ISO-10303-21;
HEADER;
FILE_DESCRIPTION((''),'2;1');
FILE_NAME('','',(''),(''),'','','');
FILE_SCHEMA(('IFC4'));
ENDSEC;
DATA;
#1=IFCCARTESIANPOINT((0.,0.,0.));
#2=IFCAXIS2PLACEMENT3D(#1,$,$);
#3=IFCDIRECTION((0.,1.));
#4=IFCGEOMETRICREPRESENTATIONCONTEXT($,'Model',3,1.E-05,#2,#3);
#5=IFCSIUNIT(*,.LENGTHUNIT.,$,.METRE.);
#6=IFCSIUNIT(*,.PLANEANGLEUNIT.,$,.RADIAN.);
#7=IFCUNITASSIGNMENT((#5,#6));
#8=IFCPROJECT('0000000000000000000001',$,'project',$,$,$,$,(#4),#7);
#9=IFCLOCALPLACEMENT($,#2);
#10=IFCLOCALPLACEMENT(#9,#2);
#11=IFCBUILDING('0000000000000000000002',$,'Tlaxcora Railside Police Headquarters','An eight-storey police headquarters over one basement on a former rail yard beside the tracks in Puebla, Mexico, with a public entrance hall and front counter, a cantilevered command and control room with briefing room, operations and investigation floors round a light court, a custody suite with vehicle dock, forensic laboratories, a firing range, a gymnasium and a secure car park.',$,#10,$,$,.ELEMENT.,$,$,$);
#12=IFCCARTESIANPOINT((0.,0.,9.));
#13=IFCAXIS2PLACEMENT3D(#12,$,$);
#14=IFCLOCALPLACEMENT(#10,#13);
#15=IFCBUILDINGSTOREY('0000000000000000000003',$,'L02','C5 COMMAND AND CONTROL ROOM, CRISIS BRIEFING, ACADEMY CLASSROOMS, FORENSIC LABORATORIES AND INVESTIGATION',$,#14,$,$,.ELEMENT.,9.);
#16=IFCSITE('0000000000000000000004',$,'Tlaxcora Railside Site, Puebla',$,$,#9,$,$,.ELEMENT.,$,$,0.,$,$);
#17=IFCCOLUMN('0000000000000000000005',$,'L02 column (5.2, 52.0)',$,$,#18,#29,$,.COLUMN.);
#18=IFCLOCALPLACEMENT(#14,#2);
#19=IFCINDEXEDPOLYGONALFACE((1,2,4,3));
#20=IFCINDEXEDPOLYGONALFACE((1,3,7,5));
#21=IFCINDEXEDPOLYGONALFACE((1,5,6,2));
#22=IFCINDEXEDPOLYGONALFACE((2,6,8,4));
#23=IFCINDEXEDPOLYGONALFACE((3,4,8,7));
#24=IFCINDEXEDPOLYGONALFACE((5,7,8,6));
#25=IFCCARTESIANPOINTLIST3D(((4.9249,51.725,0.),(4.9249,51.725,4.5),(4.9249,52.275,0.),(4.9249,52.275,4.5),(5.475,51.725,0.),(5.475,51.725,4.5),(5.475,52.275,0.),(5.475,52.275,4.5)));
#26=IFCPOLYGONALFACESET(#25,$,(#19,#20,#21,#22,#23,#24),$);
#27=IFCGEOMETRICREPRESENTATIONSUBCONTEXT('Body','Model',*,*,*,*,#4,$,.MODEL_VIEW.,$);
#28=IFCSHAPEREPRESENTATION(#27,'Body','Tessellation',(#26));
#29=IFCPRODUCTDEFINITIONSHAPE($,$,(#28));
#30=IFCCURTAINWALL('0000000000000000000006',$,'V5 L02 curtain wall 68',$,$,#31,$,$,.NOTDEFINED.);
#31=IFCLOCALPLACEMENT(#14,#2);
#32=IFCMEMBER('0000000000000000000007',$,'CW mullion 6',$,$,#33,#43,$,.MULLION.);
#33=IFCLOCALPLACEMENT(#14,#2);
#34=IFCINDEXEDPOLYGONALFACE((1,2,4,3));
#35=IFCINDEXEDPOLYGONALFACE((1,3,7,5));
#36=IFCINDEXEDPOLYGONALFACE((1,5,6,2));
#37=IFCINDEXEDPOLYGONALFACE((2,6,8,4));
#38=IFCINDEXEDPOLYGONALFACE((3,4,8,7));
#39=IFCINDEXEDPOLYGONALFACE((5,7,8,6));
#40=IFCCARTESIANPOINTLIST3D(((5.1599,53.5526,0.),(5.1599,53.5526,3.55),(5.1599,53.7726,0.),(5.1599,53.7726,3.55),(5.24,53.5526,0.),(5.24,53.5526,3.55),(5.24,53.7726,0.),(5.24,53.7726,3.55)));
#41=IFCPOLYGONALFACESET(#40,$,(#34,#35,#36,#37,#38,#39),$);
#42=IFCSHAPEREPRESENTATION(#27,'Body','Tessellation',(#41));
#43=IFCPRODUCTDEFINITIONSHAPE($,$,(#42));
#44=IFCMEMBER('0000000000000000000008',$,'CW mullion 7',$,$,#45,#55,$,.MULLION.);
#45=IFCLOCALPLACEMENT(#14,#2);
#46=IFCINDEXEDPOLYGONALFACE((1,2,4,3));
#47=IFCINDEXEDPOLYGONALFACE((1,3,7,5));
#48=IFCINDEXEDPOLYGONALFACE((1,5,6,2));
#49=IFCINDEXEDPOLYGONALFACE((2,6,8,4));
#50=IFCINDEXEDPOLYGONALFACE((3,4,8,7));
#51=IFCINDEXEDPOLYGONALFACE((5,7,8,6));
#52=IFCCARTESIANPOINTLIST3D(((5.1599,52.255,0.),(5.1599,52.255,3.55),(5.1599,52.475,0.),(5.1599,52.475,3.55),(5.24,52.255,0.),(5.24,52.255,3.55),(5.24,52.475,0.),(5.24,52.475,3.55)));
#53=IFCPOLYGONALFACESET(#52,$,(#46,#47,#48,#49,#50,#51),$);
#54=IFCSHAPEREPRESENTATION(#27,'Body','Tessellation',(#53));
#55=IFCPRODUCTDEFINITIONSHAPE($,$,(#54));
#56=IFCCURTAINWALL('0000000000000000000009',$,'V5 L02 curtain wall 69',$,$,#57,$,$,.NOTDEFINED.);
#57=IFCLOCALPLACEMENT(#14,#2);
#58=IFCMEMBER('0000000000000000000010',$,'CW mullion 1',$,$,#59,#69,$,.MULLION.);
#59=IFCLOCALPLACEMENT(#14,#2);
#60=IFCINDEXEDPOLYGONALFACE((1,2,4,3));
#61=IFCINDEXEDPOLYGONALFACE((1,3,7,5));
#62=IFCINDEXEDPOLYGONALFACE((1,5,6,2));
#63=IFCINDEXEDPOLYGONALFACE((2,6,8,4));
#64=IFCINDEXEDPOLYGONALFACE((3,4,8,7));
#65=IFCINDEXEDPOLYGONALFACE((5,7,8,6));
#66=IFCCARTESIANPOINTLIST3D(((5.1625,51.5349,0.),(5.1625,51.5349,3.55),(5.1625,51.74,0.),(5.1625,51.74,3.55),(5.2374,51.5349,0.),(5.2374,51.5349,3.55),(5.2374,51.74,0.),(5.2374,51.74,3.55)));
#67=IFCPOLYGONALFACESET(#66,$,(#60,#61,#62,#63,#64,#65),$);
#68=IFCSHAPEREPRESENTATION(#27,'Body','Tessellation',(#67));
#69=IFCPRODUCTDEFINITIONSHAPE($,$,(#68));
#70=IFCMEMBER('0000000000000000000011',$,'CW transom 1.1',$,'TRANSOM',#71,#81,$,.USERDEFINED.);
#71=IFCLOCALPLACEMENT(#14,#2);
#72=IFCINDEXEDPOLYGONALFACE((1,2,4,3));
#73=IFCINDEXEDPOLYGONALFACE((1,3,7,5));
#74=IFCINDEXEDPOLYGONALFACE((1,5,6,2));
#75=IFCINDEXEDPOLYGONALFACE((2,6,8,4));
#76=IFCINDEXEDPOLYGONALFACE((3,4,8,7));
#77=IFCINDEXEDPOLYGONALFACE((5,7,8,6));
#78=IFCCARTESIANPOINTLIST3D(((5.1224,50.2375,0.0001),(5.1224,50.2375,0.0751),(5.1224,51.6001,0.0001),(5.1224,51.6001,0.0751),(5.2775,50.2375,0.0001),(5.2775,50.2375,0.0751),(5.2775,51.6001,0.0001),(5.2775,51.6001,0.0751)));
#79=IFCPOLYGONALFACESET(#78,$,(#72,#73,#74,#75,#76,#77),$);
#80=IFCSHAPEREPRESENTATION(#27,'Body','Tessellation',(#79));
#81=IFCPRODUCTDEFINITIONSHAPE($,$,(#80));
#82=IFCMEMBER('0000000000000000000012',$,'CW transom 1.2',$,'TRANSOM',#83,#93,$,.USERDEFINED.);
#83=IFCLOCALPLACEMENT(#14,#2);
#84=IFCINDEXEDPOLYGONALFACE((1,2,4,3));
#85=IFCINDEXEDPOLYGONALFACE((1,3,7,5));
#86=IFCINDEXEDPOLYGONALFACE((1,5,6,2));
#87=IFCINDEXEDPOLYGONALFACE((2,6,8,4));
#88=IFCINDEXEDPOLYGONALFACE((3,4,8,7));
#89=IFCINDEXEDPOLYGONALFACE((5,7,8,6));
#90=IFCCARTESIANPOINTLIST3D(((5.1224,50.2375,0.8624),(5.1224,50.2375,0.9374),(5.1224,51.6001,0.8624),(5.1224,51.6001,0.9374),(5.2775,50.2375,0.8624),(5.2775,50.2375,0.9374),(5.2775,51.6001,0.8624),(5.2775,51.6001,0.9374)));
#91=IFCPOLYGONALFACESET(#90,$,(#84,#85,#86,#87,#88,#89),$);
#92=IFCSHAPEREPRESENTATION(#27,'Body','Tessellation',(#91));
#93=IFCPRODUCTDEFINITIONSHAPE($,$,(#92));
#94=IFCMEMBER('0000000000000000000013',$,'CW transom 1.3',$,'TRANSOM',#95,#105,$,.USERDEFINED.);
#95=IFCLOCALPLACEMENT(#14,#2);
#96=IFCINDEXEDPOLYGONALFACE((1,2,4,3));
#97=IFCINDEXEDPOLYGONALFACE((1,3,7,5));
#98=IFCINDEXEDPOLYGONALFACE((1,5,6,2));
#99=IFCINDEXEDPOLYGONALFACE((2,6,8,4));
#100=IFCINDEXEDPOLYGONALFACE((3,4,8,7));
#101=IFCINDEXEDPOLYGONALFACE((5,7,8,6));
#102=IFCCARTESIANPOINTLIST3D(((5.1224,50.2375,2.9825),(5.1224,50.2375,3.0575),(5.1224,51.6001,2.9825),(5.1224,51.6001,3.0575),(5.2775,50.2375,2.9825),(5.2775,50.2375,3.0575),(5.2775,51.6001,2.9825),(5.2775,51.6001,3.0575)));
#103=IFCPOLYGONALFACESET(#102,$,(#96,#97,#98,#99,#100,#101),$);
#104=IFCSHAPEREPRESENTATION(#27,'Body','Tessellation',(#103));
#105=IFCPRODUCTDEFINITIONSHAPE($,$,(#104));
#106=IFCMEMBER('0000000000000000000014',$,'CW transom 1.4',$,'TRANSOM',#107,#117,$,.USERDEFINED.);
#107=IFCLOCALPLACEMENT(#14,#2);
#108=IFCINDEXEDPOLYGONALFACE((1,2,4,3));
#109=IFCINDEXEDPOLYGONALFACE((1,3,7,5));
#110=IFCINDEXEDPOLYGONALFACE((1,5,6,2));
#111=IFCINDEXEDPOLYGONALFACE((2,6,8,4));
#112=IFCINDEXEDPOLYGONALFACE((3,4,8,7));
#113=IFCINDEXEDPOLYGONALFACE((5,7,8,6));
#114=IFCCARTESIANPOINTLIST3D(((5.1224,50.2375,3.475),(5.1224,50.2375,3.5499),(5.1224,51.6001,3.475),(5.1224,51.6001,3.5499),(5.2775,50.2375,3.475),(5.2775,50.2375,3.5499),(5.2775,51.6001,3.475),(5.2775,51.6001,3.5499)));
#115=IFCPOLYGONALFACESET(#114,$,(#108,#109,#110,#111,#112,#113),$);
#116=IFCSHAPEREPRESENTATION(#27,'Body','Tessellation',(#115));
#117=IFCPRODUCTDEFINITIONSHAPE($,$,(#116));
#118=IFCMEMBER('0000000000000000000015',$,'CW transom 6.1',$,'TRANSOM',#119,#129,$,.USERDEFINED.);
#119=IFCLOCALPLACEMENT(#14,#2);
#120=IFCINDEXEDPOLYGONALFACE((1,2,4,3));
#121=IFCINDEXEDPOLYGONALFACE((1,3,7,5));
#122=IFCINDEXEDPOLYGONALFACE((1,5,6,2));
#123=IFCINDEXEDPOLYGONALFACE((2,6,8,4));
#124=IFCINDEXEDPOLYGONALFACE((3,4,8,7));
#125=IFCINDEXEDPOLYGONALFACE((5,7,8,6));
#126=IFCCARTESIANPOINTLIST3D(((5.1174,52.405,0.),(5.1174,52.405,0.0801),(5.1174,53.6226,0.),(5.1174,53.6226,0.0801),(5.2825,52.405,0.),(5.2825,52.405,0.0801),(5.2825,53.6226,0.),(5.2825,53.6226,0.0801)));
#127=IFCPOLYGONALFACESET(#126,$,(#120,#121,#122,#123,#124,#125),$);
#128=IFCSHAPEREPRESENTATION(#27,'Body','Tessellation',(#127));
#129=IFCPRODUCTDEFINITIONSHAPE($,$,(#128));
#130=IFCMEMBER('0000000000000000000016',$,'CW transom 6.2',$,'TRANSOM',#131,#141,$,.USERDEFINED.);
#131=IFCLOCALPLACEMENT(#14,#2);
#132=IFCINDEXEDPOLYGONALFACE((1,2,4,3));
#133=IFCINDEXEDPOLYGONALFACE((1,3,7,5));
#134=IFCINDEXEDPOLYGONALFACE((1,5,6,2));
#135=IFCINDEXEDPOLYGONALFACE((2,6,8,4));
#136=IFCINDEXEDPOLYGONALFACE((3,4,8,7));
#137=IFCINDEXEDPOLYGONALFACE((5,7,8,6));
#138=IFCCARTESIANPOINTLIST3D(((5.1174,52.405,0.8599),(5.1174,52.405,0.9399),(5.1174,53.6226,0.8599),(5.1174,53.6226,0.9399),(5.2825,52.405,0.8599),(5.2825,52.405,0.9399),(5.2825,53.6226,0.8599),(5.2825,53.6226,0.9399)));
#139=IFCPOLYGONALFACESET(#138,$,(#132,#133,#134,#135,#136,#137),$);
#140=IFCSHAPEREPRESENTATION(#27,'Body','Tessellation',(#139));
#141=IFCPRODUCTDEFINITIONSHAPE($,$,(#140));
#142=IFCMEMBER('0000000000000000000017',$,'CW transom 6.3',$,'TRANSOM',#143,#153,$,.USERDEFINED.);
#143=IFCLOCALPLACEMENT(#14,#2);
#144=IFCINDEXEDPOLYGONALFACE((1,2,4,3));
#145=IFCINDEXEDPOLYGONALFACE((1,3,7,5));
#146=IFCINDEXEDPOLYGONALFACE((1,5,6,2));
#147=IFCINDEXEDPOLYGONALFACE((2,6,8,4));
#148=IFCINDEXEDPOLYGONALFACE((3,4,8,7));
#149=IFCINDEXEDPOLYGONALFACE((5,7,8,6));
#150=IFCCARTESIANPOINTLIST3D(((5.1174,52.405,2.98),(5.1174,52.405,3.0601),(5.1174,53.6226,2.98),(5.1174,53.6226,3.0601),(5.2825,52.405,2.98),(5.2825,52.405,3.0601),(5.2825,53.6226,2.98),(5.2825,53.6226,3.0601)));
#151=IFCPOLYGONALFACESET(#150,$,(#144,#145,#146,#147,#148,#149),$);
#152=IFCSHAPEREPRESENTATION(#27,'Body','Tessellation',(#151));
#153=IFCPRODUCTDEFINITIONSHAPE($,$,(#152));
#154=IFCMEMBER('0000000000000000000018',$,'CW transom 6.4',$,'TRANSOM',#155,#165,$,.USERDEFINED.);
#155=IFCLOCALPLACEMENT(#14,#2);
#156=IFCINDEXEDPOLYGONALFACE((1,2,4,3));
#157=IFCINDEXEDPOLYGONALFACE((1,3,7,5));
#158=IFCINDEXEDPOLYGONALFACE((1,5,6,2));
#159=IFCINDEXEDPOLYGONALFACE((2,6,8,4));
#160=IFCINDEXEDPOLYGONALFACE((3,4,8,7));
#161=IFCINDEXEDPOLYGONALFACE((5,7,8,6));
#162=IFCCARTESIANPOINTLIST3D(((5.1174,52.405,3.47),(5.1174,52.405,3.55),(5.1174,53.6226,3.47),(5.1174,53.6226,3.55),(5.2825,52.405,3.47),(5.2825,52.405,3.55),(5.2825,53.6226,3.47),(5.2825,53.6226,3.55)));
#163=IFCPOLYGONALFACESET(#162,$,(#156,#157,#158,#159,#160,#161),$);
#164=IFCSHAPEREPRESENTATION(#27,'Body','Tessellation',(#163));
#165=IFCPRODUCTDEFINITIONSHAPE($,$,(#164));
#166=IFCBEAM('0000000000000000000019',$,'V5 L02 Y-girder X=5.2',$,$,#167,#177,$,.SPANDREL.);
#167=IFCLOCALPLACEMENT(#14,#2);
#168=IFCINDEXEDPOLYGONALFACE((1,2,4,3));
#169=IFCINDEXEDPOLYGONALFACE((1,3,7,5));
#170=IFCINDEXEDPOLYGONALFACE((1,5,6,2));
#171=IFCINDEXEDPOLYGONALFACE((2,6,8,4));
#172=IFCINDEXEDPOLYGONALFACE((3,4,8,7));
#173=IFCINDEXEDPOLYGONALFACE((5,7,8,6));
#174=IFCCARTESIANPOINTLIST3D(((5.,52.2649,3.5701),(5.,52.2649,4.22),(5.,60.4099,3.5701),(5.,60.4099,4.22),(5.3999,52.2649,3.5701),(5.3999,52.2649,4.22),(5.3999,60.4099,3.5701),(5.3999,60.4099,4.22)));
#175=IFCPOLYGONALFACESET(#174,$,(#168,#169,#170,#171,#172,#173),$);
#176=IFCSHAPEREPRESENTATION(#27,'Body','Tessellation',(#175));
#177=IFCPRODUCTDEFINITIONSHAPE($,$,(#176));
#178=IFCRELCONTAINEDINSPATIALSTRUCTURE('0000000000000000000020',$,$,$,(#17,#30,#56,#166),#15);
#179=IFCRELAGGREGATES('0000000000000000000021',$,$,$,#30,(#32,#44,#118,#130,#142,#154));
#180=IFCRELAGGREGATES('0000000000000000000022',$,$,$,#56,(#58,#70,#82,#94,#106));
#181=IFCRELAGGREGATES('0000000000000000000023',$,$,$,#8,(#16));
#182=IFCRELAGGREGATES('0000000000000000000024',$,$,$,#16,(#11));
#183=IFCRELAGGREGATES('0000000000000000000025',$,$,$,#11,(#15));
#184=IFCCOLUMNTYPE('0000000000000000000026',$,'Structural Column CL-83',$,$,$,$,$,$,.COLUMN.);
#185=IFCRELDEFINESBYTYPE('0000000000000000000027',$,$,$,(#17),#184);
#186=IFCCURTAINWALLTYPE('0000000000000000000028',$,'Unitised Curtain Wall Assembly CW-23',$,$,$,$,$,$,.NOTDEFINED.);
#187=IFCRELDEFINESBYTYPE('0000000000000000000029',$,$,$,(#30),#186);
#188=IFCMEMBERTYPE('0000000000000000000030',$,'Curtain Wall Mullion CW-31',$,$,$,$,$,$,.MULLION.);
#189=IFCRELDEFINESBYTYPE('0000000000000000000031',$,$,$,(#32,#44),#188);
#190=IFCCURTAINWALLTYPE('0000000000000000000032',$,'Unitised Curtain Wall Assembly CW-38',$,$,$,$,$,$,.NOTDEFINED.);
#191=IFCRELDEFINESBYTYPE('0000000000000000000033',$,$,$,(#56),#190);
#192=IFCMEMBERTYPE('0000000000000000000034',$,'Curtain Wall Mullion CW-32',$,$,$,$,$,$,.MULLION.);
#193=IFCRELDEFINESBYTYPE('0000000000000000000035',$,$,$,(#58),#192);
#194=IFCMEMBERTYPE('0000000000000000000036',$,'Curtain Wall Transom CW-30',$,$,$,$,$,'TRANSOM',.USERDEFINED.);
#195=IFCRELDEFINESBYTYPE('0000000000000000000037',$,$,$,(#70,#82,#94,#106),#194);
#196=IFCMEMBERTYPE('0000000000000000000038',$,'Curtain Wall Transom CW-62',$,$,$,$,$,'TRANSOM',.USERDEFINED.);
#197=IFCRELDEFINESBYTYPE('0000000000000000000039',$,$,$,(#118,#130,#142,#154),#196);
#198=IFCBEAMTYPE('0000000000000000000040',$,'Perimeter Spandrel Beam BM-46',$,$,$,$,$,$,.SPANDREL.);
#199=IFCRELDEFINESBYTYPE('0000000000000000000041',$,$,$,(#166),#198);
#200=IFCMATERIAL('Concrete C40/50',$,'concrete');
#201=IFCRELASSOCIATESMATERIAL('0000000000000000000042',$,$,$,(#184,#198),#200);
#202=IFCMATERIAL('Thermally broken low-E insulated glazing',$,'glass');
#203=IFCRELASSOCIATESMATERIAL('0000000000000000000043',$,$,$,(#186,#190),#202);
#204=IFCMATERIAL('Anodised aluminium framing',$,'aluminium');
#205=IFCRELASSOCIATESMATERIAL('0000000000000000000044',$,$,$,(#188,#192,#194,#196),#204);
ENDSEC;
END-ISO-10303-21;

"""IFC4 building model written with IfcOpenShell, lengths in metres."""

from ifc_helpers import new_model, si_unit, direction, frame, origin, origin_2d, place, context, subcontext, project, spatial, rectangle, extrude, material, material_profile, profile_set, type_object, element, aggregate, save


model = new_model("IFC4")

# Units and contexts
model_context = context("Model", 3, precision=1e-05, world=origin(), true_north=direction((0.0, 1.0)))
body_context = subcontext(model_context, "Body", "Model", "MODEL_VIEW")
ifc_project = project(units=[si_unit("LENGTHUNIT", "METRE"), si_unit("PLANEANGLEUNIT", "RADIAN")], contexts=[model_context])

# Site, building, storey
site_placement = place(None, origin())
site = spatial("IfcSite", under=ifc_project, at=site_placement, Name="Tlaxcora Railside Site, Puebla", CompositionType="ELEMENT", RefElevation=0.0)
building_placement = place(site_placement, origin())
building = spatial("IfcBuilding", under=site, at=building_placement, Name="Tlaxcora Railside Police Headquarters", Description="An eight-storey police headquarters over one basement on a former rail yard beside the tracks in Puebla, Mexico, with a public entrance hall and front counter, a cantilevered command and control room with briefing room, operations and investigation floors round a light court, a custody suite with vehicle dock, forensic laboratories, a firing range, a gymnasium and a secure car park.", CompositionType="ELEMENT")
storey_placement = place(building_placement, frame((0.0, 0.0, 9.0)))
storey = spatial("IfcBuildingStorey", under=building, at=storey_placement, Name="L02", Description="C5 COMMAND AND CONTROL ROOM, CRISIS BRIEFING, ACADEMY CLASSROOMS, FORENSIC LABORATORIES AND INVESTIGATION", CompositionType="ELEMENT", Elevation=9.0)

# Column
ifc_material_1 = material(Name="Concrete C40/50", Category="concrete")
ifc_material_profile_1 = material_profile(ifc_material_1, rectangle(XDim=0.55, YDim=0.55, at=origin_2d()), Name="RC550X550")
ifc_profile_set_1 = profile_set([ifc_material_profile_1], Name="Concrete C40/50")
column_type = type_object("IfcColumnType", Name="Structural Column CL-83", PredefinedType="COLUMN", material=ifc_profile_set_1)
column_placement = place(storey_placement, frame((5.2, 52.0, 0.0), z_axis=(0.0, 0.0, 1.0), x_axis=(1.0, 0.0, 0.0)))
element("IfcColumn", 1, at=column_placement, inside=storey, type_object=column_type, Name="L02 column (5.2, 52.0)", PredefinedType="COLUMN", context=body_context, shape_type="SweptSolid", body=[
    extrude(rectangle(XDim=0.55, YDim=0.55, at=origin_2d()), origin(), (0.0, 0.0, 1.0), 4.5),
])

# Curtain walls, members
ifc_material_2 = material(Name="Thermally broken low-E insulated glazing", Category="glass")
curtain_wall_type_1 = type_object("IfcCurtainWallType", Name="Unitised Curtain Wall Assembly CW-23", PredefinedType="NOTDEFINED", material=ifc_material_2)
curtain_wall_1_placement = place(storey_placement, origin())
curtain_wall_1 = element("IfcCurtainWall", 2, at=curtain_wall_1_placement, inside=storey, type_object=curtain_wall_type_1, Name="V5 L02 curtain wall 68", PredefinedType="NOTDEFINED")
ifc_material_3 = material(Name="Anodised aluminium framing", Category="aluminium")
ifc_material_profile_2 = material_profile(ifc_material_3, rectangle(XDim=0.0801, YDim=0.22, at=origin_2d()), Name="AL80X220")
ifc_profile_set_2 = profile_set([ifc_material_profile_2], Name="Anodised aluminium framing")
member_type_1 = type_object("IfcMemberType", Name="Curtain Wall Mullion CW-31", PredefinedType="MULLION", material=ifc_profile_set_2)
member_1_placement = place(storey_placement, frame((5.2, 53.6626, 0.0), z_axis=(0.0, 0.0, 1.0), x_axis=(1.0, 0.0, 0.0)))
member_1 = element("IfcMember", 3, at=member_1_placement, type_object=member_type_1, Name="CW mullion 6", PredefinedType="MULLION", context=body_context, shape_type="SweptSolid", body=[
    extrude(rectangle(XDim=0.0801, YDim=0.22, at=origin_2d()), origin(), (0.0, 0.0, 1.0), 3.55),
])
member_2_placement = place(storey_placement, frame((5.2, 52.365, 0.0), z_axis=(0.0, 0.0, 1.0), x_axis=(1.0, 0.0, 0.0)))
member_2 = element("IfcMember", 4, at=member_2_placement, type_object=member_type_1, Name="CW mullion 7", PredefinedType="MULLION", context=body_context, shape_type="SweptSolid", body=[
    extrude(rectangle(XDim=0.0801, YDim=0.22, at=origin_2d()), origin(), (0.0, 0.0, 1.0), 3.55),
])
curtain_wall_type_2 = type_object("IfcCurtainWallType", Name="Unitised Curtain Wall Assembly CW-38", PredefinedType="NOTDEFINED", material=ifc_material_2)
curtain_wall_2_placement = place(storey_placement, origin())
curtain_wall_2 = element("IfcCurtainWall", 5, at=curtain_wall_2_placement, inside=storey, type_object=curtain_wall_type_2, Name="V5 L02 curtain wall 69", PredefinedType="NOTDEFINED")
ifc_material_profile_3 = material_profile(ifc_material_3, rectangle(XDim=0.075, YDim=0.2051, at=origin_2d()), Name="AL75X205")
ifc_profile_set_3 = profile_set([ifc_material_profile_3], Name="Anodised aluminium framing")
member_type_2 = type_object("IfcMemberType", Name="Curtain Wall Mullion CW-32", PredefinedType="MULLION", material=ifc_profile_set_3)
member_3_placement = place(storey_placement, frame((5.2, 51.6375, 0.0), z_axis=(0.0, 0.0, 1.0), x_axis=(1.0, 0.0, 0.0)))
member_3 = element("IfcMember", 6, at=member_3_placement, type_object=member_type_2, Name="CW mullion 1", PredefinedType="MULLION", context=body_context, shape_type="SweptSolid", body=[
    extrude(rectangle(XDim=0.075, YDim=0.2051, at=origin_2d()), origin(), (0.0, 0.0, 1.0), 3.55),
])
ifc_material_profile_4 = material_profile(ifc_material_3, rectangle(XDim=0.155, YDim=0.075, at=origin_2d()), Name="AL75X155")
ifc_profile_set_4 = profile_set([ifc_material_profile_4], Name="Anodised aluminium framing")
member_type_3 = type_object("IfcMemberType", Name="Curtain Wall Transom CW-30", ElementType="TRANSOM", PredefinedType="USERDEFINED", material=ifc_profile_set_4)
member_4_placement = place(storey_placement, frame((5.2, 51.6001, 0.0376), z_axis=(0.0, -1.0, 0.0), x_axis=(1.0, 0.0, 0.0)))
member_4 = element("IfcMember", 7, at=member_4_placement, type_object=member_type_3, Name="CW transom 1.1", ObjectType="TRANSOM", PredefinedType="USERDEFINED", context=body_context, shape_type="SweptSolid", body=[
    extrude(rectangle(XDim=0.155, YDim=0.075, at=origin_2d()), origin(), (0.0, 0.0, 1.0), 1.3625),
])
member_5_placement = place(storey_placement, frame((5.2, 51.6001, 0.8999), z_axis=(0.0, -1.0, 0.0), x_axis=(1.0, 0.0, 0.0)))
member_5 = element("IfcMember", 8, at=member_5_placement, type_object=member_type_3, Name="CW transom 1.2", ObjectType="TRANSOM", PredefinedType="USERDEFINED", context=body_context, shape_type="SweptSolid", body=[
    extrude(rectangle(XDim=0.155, YDim=0.075, at=origin_2d()), origin(), (0.0, 0.0, 1.0), 1.3625),
])
member_6_placement = place(storey_placement, frame((5.2, 51.6001, 3.02), z_axis=(0.0, -1.0, 0.0), x_axis=(1.0, 0.0, 0.0)))
member_6 = element("IfcMember", 9, at=member_6_placement, type_object=member_type_3, Name="CW transom 1.3", ObjectType="TRANSOM", PredefinedType="USERDEFINED", context=body_context, shape_type="SweptSolid", body=[
    extrude(rectangle(XDim=0.155, YDim=0.075, at=origin_2d()), origin(), (0.0, 0.0, 1.0), 1.3625),
])
member_7_placement = place(storey_placement, frame((5.2, 51.6001, 3.5125), z_axis=(0.0, -1.0, 0.0), x_axis=(1.0, 0.0, 0.0)))
member_7 = element("IfcMember", 10, at=member_7_placement, type_object=member_type_3, Name="CW transom 1.4", ObjectType="TRANSOM", PredefinedType="USERDEFINED", context=body_context, shape_type="SweptSolid", body=[
    extrude(rectangle(XDim=0.155, YDim=0.075, at=origin_2d()), origin(), (0.0, 0.0, 1.0), 1.3625),
])

# Members
ifc_material_profile_5 = material_profile(ifc_material_3, rectangle(XDim=0.165, YDim=0.0801, at=origin_2d()), Name="AL80X165")
ifc_profile_set_5 = profile_set([ifc_material_profile_5], Name="Anodised aluminium framing")
member_type_4 = type_object("IfcMemberType", Name="Curtain Wall Transom CW-62", ElementType="TRANSOM", PredefinedType="USERDEFINED", material=ifc_profile_set_5)
member_8_placement = place(storey_placement, frame((5.2, 53.6226, 0.04), z_axis=(0.0, -1.0, 0.0), x_axis=(1.0, 0.0, 0.0)))
member_8 = element("IfcMember", 11, at=member_8_placement, type_object=member_type_4, Name="CW transom 6.1", ObjectType="TRANSOM", PredefinedType="USERDEFINED", context=body_context, shape_type="SweptSolid", body=[
    extrude(rectangle(XDim=0.165, YDim=0.0801, at=origin_2d()), origin(), (0.0, 0.0, 1.0), 1.2175),
])
member_9_placement = place(storey_placement, frame((5.2, 53.6226, 0.8999), z_axis=(0.0, -1.0, 0.0), x_axis=(1.0, 0.0, 0.0)))
member_9 = element("IfcMember", 12, at=member_9_placement, type_object=member_type_4, Name="CW transom 6.2", ObjectType="TRANSOM", PredefinedType="USERDEFINED", context=body_context, shape_type="SweptSolid", body=[
    extrude(rectangle(XDim=0.165, YDim=0.0801, at=origin_2d()), origin(), (0.0, 0.0, 1.0), 1.2175),
])
member_10_placement = place(storey_placement, frame((5.2, 53.6226, 3.02), z_axis=(0.0, -1.0, 0.0), x_axis=(1.0, 0.0, 0.0)))
member_10 = element("IfcMember", 13, at=member_10_placement, type_object=member_type_4, Name="CW transom 6.3", ObjectType="TRANSOM", PredefinedType="USERDEFINED", context=body_context, shape_type="SweptSolid", body=[
    extrude(rectangle(XDim=0.165, YDim=0.0801, at=origin_2d()), origin(), (0.0, 0.0, 1.0), 1.2175),
])
member_11_placement = place(storey_placement, frame((5.2, 53.6226, 3.51), z_axis=(0.0, -1.0, 0.0), x_axis=(1.0, 0.0, 0.0)))
member_11 = element("IfcMember", 14, at=member_11_placement, type_object=member_type_4, Name="CW transom 6.4", ObjectType="TRANSOM", PredefinedType="USERDEFINED", context=body_context, shape_type="SweptSolid", body=[
    extrude(rectangle(XDim=0.165, YDim=0.0801, at=origin_2d()), origin(), (0.0, 0.0, 1.0), 1.2175),
])

# Beam
ifc_material_profile_6 = material_profile(ifc_material_1, rectangle(XDim=0.3999, YDim=0.6499, at=origin_2d()), Name="RC400X650")
ifc_profile_set_6 = profile_set([ifc_material_profile_6], Name="Concrete C40/50")
beam_type = type_object("IfcBeamType", Name="Perimeter Spandrel Beam BM-46", PredefinedType="SPANDREL", material=ifc_profile_set_6)
beam_placement = place(storey_placement, frame((5.2, 52.2649, 3.895), z_axis=(0.0, 1.0, 0.0), x_axis=(-1.0, 0.0, 0.0)))
element("IfcBeam", 15, at=beam_placement, inside=storey, type_object=beam_type, Name="V5 L02 Y-girder X=5.2", PredefinedType="SPANDREL", context=body_context, shape_type="SweptSolid", body=[
    extrude(rectangle(XDim=0.3999, YDim=0.6499, at=origin_2d()), origin(), (0.0, 0.0, 1.0), 8.145),
])

aggregate(curtain_wall_1, [member_1, member_2, member_8, member_9, member_10, member_11])
aggregate(curtain_wall_2, [member_3, member_4, member_5, member_6, member_7])

save(model, "model.ifc")
